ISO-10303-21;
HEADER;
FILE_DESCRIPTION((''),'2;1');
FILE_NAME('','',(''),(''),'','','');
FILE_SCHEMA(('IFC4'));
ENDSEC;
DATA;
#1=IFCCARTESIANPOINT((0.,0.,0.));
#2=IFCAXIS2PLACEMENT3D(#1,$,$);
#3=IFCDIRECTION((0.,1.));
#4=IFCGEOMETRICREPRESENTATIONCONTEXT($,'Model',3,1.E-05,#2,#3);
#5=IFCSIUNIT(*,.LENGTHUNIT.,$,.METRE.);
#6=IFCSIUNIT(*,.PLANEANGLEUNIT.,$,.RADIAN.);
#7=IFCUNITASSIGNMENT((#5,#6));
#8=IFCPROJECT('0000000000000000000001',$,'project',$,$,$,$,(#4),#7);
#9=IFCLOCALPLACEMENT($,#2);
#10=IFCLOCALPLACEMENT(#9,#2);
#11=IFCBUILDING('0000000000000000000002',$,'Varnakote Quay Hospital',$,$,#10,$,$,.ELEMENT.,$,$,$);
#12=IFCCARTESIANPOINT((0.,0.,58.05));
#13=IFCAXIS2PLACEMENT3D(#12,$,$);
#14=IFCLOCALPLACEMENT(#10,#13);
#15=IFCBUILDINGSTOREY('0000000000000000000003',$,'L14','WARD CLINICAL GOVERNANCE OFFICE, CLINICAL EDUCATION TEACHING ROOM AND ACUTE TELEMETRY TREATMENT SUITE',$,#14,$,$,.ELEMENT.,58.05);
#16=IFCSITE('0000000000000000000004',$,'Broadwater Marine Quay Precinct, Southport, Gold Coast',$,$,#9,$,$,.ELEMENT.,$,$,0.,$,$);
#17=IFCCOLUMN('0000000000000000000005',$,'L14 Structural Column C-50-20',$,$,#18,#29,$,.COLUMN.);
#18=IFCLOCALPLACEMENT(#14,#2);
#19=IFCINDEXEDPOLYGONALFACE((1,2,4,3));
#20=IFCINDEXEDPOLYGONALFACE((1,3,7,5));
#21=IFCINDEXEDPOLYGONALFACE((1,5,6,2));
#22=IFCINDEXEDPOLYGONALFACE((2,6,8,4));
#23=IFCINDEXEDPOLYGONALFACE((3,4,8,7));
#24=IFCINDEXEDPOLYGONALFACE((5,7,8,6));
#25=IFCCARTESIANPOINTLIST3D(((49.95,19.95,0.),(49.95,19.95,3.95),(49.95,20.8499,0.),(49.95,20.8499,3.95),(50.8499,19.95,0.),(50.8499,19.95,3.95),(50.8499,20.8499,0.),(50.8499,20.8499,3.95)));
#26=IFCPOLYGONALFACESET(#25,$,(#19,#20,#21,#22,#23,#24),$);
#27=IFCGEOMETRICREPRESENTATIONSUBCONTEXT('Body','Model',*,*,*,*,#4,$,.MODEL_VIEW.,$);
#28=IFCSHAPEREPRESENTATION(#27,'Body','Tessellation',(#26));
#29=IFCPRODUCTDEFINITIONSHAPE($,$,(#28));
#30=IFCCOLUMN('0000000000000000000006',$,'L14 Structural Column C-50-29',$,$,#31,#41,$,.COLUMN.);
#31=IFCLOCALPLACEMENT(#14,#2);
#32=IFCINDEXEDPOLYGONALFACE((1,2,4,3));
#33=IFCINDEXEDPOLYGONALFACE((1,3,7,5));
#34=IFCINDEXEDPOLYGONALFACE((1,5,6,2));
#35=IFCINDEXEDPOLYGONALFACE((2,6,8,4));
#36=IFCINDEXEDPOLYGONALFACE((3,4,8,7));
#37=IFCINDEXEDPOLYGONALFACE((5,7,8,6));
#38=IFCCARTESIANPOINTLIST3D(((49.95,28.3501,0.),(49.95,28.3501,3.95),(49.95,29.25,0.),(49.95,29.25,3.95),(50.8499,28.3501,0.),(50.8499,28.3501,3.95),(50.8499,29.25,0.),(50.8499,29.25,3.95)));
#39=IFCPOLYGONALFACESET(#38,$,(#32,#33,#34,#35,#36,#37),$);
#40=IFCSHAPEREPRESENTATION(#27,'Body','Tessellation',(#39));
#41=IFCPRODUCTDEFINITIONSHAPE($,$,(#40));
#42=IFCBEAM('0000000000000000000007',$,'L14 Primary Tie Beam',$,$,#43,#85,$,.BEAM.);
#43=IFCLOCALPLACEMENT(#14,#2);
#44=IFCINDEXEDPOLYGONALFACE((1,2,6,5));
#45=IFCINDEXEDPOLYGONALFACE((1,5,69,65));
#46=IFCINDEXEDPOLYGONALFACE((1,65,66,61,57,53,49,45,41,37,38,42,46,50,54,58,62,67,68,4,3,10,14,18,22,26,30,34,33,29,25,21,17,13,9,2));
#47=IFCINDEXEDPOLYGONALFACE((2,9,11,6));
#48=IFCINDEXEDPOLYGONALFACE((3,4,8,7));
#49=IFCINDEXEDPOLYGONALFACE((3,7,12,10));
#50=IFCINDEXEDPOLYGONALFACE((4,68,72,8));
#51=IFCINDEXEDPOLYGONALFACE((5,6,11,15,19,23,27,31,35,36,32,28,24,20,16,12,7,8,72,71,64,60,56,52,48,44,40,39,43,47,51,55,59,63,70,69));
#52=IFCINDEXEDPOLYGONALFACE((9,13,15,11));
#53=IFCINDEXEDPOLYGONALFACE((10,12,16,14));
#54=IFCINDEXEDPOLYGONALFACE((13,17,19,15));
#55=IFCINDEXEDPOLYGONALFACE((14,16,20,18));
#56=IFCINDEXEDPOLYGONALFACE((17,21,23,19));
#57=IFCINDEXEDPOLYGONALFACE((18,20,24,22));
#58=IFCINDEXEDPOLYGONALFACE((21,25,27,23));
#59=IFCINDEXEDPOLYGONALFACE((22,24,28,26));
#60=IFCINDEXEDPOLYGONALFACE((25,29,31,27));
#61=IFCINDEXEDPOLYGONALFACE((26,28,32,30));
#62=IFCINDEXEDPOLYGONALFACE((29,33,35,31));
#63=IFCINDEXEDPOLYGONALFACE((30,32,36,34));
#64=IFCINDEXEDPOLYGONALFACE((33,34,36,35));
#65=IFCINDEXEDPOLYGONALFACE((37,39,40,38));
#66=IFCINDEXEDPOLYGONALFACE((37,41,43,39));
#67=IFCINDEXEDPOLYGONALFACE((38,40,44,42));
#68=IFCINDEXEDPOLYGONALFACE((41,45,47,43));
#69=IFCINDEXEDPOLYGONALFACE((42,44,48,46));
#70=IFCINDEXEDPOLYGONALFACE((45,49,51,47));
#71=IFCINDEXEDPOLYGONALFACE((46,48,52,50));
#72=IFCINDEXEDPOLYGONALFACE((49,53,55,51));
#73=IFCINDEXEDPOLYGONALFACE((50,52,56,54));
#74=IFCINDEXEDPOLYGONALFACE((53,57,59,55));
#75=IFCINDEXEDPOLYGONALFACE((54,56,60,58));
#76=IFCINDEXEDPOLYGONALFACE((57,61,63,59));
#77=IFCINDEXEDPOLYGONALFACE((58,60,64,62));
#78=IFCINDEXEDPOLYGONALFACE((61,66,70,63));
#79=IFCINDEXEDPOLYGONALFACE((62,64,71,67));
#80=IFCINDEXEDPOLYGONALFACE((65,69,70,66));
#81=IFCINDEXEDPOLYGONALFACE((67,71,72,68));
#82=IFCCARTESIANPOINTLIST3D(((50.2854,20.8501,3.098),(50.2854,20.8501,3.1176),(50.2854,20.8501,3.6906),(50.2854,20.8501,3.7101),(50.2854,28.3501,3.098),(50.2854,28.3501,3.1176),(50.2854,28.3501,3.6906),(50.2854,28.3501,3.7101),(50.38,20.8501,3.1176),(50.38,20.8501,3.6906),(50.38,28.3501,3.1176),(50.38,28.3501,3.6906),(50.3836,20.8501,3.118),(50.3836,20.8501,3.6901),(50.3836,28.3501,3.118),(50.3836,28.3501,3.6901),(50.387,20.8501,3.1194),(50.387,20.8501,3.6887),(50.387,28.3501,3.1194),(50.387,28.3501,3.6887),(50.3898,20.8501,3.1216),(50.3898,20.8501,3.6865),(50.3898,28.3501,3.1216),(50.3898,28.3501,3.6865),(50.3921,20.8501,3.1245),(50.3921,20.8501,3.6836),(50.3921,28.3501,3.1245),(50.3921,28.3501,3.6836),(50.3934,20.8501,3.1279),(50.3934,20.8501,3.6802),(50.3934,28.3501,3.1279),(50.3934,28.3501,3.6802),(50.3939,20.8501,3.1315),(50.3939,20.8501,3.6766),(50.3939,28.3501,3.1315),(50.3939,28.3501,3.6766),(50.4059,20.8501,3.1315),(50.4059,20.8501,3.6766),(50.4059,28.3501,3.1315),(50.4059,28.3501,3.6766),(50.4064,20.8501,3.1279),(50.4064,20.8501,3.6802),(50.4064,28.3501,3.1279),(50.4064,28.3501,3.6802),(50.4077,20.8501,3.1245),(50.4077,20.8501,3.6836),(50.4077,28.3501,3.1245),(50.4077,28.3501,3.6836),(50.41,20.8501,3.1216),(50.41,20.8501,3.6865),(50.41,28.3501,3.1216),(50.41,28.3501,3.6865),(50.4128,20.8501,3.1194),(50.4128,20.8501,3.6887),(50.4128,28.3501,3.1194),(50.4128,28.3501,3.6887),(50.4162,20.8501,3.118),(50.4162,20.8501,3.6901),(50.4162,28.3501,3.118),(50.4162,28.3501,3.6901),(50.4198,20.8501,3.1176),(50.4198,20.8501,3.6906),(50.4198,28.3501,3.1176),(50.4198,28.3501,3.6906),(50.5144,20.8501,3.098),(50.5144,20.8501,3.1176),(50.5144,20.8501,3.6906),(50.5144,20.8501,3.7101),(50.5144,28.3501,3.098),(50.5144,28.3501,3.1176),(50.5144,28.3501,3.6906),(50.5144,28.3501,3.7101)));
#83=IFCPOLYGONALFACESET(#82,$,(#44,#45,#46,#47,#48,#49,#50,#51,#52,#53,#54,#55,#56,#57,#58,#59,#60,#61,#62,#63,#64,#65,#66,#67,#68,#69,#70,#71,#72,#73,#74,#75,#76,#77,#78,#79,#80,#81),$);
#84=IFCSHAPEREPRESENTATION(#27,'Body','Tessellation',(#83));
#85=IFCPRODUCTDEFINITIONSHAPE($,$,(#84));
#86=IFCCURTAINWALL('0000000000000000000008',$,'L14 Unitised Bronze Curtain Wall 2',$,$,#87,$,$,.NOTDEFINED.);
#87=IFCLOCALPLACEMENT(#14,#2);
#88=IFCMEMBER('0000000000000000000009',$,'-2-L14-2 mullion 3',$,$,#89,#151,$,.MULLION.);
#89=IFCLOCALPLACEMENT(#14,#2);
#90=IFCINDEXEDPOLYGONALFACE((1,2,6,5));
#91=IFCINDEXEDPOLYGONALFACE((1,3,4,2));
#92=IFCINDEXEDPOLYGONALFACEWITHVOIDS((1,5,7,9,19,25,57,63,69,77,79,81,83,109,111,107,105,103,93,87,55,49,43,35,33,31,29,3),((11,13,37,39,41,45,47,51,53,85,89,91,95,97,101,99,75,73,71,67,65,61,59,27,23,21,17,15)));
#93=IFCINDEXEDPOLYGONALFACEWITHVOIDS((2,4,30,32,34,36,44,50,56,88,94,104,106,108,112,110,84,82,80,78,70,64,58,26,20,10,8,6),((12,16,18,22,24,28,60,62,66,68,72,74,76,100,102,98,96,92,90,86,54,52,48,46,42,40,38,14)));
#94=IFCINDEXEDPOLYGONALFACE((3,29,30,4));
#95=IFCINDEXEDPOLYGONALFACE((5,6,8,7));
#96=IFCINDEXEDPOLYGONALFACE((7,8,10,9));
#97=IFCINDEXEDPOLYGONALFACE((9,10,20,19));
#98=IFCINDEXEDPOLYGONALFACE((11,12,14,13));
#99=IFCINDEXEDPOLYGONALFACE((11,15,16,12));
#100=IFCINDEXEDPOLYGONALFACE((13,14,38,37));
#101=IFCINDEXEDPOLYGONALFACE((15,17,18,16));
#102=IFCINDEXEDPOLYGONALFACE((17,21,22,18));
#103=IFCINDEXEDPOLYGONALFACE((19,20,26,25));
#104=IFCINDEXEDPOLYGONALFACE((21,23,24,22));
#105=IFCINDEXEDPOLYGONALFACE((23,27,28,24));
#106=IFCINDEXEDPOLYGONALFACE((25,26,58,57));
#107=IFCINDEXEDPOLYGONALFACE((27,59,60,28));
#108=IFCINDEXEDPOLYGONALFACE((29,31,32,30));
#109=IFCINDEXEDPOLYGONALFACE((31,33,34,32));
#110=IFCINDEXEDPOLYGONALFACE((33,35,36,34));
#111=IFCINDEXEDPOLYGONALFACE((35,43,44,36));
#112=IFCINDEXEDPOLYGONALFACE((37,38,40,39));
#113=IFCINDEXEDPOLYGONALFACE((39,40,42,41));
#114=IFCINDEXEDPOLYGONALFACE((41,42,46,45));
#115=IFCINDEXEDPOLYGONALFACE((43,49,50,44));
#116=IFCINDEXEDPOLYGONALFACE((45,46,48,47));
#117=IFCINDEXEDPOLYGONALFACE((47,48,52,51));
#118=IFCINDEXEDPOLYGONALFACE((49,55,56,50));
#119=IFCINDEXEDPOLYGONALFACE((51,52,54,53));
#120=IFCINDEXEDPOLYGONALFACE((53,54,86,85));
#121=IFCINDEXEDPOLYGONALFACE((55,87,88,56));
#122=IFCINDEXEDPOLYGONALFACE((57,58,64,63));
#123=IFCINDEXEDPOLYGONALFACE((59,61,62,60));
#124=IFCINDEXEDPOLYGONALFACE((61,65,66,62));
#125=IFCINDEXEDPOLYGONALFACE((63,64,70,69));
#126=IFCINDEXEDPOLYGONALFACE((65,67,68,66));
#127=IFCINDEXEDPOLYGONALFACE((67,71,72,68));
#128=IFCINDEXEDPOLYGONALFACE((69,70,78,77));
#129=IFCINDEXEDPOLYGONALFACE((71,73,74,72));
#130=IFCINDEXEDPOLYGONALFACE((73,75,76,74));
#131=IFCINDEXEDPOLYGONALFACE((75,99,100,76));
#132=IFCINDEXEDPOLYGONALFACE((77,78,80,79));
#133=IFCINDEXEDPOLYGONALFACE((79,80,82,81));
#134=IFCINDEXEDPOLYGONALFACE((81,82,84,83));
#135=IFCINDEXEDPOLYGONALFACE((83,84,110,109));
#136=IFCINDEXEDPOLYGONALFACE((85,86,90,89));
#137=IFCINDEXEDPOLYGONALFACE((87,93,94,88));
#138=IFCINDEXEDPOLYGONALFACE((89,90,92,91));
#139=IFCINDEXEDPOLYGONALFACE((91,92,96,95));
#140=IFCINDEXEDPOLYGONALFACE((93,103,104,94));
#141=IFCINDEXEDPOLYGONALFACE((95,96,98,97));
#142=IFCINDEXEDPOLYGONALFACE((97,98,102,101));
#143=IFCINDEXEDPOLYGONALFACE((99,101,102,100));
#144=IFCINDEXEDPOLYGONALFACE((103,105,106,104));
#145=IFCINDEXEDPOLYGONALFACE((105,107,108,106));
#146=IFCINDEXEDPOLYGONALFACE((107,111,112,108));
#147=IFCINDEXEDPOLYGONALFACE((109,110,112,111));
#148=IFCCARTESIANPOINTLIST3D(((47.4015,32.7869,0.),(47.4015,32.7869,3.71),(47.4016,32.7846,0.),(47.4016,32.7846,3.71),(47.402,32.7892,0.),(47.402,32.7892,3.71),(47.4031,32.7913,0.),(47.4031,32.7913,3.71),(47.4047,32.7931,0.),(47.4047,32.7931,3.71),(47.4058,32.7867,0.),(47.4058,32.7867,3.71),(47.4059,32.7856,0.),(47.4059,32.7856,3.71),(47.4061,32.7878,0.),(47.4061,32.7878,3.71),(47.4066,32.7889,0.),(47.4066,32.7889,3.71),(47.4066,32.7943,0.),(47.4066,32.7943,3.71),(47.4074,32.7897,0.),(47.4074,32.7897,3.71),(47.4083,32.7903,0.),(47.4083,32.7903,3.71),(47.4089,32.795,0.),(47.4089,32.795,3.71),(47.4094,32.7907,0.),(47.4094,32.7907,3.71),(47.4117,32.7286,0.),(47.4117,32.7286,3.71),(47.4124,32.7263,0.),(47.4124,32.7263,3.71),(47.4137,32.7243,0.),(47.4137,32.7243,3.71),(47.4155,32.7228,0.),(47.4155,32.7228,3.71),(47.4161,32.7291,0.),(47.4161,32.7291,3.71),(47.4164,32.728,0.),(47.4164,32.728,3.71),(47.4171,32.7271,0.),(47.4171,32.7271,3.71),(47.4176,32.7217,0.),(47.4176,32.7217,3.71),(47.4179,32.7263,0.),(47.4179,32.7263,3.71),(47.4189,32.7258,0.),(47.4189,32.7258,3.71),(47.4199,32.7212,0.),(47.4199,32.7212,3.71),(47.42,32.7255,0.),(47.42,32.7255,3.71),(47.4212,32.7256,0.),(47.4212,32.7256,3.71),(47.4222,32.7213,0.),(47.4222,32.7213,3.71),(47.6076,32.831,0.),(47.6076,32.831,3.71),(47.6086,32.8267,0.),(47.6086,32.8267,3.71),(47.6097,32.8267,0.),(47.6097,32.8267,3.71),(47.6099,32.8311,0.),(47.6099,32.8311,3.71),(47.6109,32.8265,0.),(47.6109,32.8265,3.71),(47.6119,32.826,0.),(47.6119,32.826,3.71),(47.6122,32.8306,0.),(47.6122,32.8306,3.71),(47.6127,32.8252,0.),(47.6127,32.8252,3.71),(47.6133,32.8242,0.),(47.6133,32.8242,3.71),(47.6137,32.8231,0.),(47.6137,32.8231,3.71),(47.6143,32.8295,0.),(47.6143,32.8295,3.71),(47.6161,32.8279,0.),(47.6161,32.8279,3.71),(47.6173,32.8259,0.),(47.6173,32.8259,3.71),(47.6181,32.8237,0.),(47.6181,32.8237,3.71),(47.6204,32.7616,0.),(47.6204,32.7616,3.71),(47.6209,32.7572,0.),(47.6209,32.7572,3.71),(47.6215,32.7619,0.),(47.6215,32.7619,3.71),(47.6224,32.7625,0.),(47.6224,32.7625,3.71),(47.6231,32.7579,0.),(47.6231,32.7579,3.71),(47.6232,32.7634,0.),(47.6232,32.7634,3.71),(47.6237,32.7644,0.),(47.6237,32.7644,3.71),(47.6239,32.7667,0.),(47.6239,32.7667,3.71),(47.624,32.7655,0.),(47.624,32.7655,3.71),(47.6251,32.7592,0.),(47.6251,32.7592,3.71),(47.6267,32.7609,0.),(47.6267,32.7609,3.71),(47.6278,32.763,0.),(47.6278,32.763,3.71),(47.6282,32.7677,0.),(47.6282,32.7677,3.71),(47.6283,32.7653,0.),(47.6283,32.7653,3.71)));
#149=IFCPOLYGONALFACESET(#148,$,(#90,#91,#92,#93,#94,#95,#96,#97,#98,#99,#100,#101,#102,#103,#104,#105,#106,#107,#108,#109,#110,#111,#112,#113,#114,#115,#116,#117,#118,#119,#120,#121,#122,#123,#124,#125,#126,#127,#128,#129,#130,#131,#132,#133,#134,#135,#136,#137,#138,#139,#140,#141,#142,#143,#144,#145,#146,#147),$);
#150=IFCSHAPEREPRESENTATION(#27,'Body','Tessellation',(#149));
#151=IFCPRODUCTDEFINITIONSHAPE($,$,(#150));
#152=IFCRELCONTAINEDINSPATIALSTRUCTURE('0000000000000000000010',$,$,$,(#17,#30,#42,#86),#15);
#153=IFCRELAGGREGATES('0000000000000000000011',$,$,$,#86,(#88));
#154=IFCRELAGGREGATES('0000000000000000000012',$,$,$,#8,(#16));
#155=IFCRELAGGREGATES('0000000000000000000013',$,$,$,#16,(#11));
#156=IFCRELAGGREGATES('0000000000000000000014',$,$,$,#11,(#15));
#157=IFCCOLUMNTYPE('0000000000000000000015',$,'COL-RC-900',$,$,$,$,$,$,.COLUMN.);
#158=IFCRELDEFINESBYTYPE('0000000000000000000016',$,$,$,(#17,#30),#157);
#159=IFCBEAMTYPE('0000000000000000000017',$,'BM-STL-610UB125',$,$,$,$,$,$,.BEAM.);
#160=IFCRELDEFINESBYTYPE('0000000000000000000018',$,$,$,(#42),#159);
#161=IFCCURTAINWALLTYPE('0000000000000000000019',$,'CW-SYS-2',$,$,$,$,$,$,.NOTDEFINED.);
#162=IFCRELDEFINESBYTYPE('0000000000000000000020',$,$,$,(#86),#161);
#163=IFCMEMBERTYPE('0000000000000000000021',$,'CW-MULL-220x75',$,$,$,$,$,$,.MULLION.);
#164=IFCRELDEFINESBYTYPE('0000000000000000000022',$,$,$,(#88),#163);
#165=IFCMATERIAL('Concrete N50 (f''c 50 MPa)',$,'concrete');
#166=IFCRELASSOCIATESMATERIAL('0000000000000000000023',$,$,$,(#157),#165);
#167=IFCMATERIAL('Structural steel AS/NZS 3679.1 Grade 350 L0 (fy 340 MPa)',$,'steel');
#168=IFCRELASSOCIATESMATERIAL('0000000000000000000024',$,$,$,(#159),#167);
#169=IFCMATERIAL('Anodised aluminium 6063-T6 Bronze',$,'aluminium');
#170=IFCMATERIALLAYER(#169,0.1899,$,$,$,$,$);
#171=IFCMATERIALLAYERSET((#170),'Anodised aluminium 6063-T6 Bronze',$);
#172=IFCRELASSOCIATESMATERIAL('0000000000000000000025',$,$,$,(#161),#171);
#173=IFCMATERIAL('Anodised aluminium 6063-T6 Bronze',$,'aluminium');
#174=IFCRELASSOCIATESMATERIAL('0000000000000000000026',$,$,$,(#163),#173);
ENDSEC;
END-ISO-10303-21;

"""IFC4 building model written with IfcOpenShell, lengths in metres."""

from ifc_helpers import new_model, si_unit, direction, frame, origin, origin_2d, place, context, subcontext, project, spatial, rectangle, hollow_rectangle, i_section, extrude, material, layer, layer_set, material_profile, profile_set, type_object, element, aggregate, save


model = new_model("IFC4")

# Units and contexts
model_context = context("Model", 3, precision=1e-05, world=origin(), true_north=direction((0.0, 1.0)))
body_context = subcontext(model_context, "Body", "Model", "MODEL_VIEW")
ifc_project = project(units=[si_unit("LENGTHUNIT", "METRE"), si_unit("PLANEANGLEUNIT", "RADIAN")], contexts=[model_context])

# Site, building, storey
site_placement = place(None, origin())
site = spatial("IfcSite", under=ifc_project, at=site_placement, Name="Broadwater Marine Quay Precinct, Southport, Gold Coast", CompositionType="ELEMENT", RefElevation=0.0)
building_placement = place(site_placement, origin())
building = spatial("IfcBuilding", under=site, at=building_placement, Name="Varnakote Quay Hospital", CompositionType="ELEMENT")
storey_placement = place(building_placement, frame((0.0, 0.0, 58.05)))
storey = spatial("IfcBuildingStorey", under=building, at=storey_placement, Name="L14", Description="WARD CLINICAL GOVERNANCE OFFICE, CLINICAL EDUCATION TEACHING ROOM AND ACUTE TELEMETRY TREATMENT SUITE", CompositionType="ELEMENT", Elevation=58.05)

# Columns
ifc_material_1 = material(Name="Concrete N50 (f'c 50 MPa)", Category="concrete")
ifc_material_profile_1 = material_profile(ifc_material_1, rectangle(XDim=0.8999, YDim=0.8999, at=origin_2d()), Name="RC-COL-900x900")
ifc_profile_set_1 = profile_set([ifc_material_profile_1], Name="Concrete N50 (f'c 50 MPa)")
column_type = type_object("IfcColumnType", Name="COL-RC-900", PredefinedType="COLUMN", material=ifc_profile_set_1)
for number, where, z_axis, x_axis, name in (
    (1, (50.3999, 20.3999, 0.0), (0.0, 0.0, 1.0), (1.0, 0.0, 0.0), "L14 Structural Column C-50-20"),
    (2, (50.3999, 28.8, 0.0), (0.0, 0.0, 1.0), (1.0, 0.0, 0.0), "L14 Structural Column C-50-29"),
):
    element("IfcColumn", number, at=place(storey_placement, frame(where, z_axis=z_axis, x_axis=x_axis)), inside=storey, type_object=column_type, Name=name, PredefinedType="COLUMN", context=body_context, shape_type="SweptSolid", body=[
        extrude(rectangle(XDim=0.8999, YDim=0.8999, at=origin_2d()), origin(), (0.0, 0.0, 1.0), 3.95),
    ])

# Beam
ifc_material_2 = material(Name="Structural steel AS/NZS 3679.1 Grade 350 L0 (fy 340 MPa)", Category="steel")
ifc_material_profile_2 = material_profile(ifc_material_2, i_section(OverallWidth=0.229, OverallDepth=0.6121, WebThickness=0.012, FlangeThickness=0.0195, FilletRadius=0.0139, at=origin_2d()), Name="610UB125")
ifc_profile_set_2 = profile_set([ifc_material_profile_2], Name="Structural steel AS/NZS 3679.1 Grade 350 L0 (fy 340 MPa)")
beam_type = type_object("IfcBeamType", Name="BM-STL-610UB125", PredefinedType="BEAM", material=ifc_profile_set_2)
beam_placement = place(storey_placement, frame((50.3999, 20.8501, 3.4041), z_axis=(0.0, 1.0, 0.0), x_axis=(-1.0, 0.0, 0.0)))
element("IfcBeam", 3, at=beam_placement, inside=storey, type_object=beam_type, Name="L14 Primary Tie Beam", PredefinedType="BEAM", context=body_context, shape_type="SweptSolid", body=[
    extrude(i_section(OverallWidth=0.229, OverallDepth=0.6121, WebThickness=0.012, FlangeThickness=0.0195, FilletRadius=0.0139, at=origin_2d()), origin(), (0.0, 0.0, 1.0), 7.5),
])

# Curtain wall, member
ifc_material_3 = material(Name="Anodised aluminium 6063-T6 Bronze", Category="aluminium")
ifc_layer_1 = layer(ifc_material_3, 0.1899)
ifc_layer_set_1 = layer_set([ifc_layer_1], Name="Anodised aluminium 6063-T6 Bronze")
curtain_wall_type = type_object("IfcCurtainWallType", Name="CW-SYS-2", PredefinedType="NOTDEFINED", material=ifc_layer_set_1)
curtain_wall_placement = place(storey_placement, origin())
curtain_wall = element("IfcCurtainWall", 4, at=curtain_wall_placement, inside=storey, type_object=curtain_wall_type, Name="L14 Unitised Bronze Curtain Wall 2", PredefinedType="NOTDEFINED")
ifc_material_4 = material(Name="Anodised aluminium 6063-T6 Bronze", Category="aluminium")
ifc_material_profile_3 = material_profile(ifc_material_4, hollow_rectangle(XDim=0.075, YDim=0.22, WallThickness=0.0044, InnerFilletRadius=0.0044, OuterFilletRadius=0.009, at=origin_2d()), Name="CW-MULL-220x75")
ifc_profile_set_3 = profile_set([ifc_material_profile_3], Name="Anodised aluminium 6063-T6 Bronze")
member_type_1 = type_object("IfcMemberType", Name="CW-MULL-220x75", PredefinedType="MULLION", material=ifc_profile_set_3)
member_1_placement = place(storey_placement, frame((47.5149, 32.7761, 0.0), z_axis=(0.0, 0.0, 1.0), x_axis=(0.177846, -0.984058, 0.0)))
member_1 = element("IfcMember", 5, at=member_1_placement, type_object=member_type_1, Name="-2-L14-2 mullion 3", PredefinedType="MULLION", context=body_context, shape_type="SweptSolid", body=[
    extrude(hollow_rectangle(XDim=0.075, YDim=0.22, WallThickness=0.0044, InnerFilletRadius=0.0044, OuterFilletRadius=0.009, at=origin_2d()), origin(), (0.0, 0.0, 1.0), 3.71),
])
aggregate(curtain_wall, [member_1])

save(model, "model.ifc")
